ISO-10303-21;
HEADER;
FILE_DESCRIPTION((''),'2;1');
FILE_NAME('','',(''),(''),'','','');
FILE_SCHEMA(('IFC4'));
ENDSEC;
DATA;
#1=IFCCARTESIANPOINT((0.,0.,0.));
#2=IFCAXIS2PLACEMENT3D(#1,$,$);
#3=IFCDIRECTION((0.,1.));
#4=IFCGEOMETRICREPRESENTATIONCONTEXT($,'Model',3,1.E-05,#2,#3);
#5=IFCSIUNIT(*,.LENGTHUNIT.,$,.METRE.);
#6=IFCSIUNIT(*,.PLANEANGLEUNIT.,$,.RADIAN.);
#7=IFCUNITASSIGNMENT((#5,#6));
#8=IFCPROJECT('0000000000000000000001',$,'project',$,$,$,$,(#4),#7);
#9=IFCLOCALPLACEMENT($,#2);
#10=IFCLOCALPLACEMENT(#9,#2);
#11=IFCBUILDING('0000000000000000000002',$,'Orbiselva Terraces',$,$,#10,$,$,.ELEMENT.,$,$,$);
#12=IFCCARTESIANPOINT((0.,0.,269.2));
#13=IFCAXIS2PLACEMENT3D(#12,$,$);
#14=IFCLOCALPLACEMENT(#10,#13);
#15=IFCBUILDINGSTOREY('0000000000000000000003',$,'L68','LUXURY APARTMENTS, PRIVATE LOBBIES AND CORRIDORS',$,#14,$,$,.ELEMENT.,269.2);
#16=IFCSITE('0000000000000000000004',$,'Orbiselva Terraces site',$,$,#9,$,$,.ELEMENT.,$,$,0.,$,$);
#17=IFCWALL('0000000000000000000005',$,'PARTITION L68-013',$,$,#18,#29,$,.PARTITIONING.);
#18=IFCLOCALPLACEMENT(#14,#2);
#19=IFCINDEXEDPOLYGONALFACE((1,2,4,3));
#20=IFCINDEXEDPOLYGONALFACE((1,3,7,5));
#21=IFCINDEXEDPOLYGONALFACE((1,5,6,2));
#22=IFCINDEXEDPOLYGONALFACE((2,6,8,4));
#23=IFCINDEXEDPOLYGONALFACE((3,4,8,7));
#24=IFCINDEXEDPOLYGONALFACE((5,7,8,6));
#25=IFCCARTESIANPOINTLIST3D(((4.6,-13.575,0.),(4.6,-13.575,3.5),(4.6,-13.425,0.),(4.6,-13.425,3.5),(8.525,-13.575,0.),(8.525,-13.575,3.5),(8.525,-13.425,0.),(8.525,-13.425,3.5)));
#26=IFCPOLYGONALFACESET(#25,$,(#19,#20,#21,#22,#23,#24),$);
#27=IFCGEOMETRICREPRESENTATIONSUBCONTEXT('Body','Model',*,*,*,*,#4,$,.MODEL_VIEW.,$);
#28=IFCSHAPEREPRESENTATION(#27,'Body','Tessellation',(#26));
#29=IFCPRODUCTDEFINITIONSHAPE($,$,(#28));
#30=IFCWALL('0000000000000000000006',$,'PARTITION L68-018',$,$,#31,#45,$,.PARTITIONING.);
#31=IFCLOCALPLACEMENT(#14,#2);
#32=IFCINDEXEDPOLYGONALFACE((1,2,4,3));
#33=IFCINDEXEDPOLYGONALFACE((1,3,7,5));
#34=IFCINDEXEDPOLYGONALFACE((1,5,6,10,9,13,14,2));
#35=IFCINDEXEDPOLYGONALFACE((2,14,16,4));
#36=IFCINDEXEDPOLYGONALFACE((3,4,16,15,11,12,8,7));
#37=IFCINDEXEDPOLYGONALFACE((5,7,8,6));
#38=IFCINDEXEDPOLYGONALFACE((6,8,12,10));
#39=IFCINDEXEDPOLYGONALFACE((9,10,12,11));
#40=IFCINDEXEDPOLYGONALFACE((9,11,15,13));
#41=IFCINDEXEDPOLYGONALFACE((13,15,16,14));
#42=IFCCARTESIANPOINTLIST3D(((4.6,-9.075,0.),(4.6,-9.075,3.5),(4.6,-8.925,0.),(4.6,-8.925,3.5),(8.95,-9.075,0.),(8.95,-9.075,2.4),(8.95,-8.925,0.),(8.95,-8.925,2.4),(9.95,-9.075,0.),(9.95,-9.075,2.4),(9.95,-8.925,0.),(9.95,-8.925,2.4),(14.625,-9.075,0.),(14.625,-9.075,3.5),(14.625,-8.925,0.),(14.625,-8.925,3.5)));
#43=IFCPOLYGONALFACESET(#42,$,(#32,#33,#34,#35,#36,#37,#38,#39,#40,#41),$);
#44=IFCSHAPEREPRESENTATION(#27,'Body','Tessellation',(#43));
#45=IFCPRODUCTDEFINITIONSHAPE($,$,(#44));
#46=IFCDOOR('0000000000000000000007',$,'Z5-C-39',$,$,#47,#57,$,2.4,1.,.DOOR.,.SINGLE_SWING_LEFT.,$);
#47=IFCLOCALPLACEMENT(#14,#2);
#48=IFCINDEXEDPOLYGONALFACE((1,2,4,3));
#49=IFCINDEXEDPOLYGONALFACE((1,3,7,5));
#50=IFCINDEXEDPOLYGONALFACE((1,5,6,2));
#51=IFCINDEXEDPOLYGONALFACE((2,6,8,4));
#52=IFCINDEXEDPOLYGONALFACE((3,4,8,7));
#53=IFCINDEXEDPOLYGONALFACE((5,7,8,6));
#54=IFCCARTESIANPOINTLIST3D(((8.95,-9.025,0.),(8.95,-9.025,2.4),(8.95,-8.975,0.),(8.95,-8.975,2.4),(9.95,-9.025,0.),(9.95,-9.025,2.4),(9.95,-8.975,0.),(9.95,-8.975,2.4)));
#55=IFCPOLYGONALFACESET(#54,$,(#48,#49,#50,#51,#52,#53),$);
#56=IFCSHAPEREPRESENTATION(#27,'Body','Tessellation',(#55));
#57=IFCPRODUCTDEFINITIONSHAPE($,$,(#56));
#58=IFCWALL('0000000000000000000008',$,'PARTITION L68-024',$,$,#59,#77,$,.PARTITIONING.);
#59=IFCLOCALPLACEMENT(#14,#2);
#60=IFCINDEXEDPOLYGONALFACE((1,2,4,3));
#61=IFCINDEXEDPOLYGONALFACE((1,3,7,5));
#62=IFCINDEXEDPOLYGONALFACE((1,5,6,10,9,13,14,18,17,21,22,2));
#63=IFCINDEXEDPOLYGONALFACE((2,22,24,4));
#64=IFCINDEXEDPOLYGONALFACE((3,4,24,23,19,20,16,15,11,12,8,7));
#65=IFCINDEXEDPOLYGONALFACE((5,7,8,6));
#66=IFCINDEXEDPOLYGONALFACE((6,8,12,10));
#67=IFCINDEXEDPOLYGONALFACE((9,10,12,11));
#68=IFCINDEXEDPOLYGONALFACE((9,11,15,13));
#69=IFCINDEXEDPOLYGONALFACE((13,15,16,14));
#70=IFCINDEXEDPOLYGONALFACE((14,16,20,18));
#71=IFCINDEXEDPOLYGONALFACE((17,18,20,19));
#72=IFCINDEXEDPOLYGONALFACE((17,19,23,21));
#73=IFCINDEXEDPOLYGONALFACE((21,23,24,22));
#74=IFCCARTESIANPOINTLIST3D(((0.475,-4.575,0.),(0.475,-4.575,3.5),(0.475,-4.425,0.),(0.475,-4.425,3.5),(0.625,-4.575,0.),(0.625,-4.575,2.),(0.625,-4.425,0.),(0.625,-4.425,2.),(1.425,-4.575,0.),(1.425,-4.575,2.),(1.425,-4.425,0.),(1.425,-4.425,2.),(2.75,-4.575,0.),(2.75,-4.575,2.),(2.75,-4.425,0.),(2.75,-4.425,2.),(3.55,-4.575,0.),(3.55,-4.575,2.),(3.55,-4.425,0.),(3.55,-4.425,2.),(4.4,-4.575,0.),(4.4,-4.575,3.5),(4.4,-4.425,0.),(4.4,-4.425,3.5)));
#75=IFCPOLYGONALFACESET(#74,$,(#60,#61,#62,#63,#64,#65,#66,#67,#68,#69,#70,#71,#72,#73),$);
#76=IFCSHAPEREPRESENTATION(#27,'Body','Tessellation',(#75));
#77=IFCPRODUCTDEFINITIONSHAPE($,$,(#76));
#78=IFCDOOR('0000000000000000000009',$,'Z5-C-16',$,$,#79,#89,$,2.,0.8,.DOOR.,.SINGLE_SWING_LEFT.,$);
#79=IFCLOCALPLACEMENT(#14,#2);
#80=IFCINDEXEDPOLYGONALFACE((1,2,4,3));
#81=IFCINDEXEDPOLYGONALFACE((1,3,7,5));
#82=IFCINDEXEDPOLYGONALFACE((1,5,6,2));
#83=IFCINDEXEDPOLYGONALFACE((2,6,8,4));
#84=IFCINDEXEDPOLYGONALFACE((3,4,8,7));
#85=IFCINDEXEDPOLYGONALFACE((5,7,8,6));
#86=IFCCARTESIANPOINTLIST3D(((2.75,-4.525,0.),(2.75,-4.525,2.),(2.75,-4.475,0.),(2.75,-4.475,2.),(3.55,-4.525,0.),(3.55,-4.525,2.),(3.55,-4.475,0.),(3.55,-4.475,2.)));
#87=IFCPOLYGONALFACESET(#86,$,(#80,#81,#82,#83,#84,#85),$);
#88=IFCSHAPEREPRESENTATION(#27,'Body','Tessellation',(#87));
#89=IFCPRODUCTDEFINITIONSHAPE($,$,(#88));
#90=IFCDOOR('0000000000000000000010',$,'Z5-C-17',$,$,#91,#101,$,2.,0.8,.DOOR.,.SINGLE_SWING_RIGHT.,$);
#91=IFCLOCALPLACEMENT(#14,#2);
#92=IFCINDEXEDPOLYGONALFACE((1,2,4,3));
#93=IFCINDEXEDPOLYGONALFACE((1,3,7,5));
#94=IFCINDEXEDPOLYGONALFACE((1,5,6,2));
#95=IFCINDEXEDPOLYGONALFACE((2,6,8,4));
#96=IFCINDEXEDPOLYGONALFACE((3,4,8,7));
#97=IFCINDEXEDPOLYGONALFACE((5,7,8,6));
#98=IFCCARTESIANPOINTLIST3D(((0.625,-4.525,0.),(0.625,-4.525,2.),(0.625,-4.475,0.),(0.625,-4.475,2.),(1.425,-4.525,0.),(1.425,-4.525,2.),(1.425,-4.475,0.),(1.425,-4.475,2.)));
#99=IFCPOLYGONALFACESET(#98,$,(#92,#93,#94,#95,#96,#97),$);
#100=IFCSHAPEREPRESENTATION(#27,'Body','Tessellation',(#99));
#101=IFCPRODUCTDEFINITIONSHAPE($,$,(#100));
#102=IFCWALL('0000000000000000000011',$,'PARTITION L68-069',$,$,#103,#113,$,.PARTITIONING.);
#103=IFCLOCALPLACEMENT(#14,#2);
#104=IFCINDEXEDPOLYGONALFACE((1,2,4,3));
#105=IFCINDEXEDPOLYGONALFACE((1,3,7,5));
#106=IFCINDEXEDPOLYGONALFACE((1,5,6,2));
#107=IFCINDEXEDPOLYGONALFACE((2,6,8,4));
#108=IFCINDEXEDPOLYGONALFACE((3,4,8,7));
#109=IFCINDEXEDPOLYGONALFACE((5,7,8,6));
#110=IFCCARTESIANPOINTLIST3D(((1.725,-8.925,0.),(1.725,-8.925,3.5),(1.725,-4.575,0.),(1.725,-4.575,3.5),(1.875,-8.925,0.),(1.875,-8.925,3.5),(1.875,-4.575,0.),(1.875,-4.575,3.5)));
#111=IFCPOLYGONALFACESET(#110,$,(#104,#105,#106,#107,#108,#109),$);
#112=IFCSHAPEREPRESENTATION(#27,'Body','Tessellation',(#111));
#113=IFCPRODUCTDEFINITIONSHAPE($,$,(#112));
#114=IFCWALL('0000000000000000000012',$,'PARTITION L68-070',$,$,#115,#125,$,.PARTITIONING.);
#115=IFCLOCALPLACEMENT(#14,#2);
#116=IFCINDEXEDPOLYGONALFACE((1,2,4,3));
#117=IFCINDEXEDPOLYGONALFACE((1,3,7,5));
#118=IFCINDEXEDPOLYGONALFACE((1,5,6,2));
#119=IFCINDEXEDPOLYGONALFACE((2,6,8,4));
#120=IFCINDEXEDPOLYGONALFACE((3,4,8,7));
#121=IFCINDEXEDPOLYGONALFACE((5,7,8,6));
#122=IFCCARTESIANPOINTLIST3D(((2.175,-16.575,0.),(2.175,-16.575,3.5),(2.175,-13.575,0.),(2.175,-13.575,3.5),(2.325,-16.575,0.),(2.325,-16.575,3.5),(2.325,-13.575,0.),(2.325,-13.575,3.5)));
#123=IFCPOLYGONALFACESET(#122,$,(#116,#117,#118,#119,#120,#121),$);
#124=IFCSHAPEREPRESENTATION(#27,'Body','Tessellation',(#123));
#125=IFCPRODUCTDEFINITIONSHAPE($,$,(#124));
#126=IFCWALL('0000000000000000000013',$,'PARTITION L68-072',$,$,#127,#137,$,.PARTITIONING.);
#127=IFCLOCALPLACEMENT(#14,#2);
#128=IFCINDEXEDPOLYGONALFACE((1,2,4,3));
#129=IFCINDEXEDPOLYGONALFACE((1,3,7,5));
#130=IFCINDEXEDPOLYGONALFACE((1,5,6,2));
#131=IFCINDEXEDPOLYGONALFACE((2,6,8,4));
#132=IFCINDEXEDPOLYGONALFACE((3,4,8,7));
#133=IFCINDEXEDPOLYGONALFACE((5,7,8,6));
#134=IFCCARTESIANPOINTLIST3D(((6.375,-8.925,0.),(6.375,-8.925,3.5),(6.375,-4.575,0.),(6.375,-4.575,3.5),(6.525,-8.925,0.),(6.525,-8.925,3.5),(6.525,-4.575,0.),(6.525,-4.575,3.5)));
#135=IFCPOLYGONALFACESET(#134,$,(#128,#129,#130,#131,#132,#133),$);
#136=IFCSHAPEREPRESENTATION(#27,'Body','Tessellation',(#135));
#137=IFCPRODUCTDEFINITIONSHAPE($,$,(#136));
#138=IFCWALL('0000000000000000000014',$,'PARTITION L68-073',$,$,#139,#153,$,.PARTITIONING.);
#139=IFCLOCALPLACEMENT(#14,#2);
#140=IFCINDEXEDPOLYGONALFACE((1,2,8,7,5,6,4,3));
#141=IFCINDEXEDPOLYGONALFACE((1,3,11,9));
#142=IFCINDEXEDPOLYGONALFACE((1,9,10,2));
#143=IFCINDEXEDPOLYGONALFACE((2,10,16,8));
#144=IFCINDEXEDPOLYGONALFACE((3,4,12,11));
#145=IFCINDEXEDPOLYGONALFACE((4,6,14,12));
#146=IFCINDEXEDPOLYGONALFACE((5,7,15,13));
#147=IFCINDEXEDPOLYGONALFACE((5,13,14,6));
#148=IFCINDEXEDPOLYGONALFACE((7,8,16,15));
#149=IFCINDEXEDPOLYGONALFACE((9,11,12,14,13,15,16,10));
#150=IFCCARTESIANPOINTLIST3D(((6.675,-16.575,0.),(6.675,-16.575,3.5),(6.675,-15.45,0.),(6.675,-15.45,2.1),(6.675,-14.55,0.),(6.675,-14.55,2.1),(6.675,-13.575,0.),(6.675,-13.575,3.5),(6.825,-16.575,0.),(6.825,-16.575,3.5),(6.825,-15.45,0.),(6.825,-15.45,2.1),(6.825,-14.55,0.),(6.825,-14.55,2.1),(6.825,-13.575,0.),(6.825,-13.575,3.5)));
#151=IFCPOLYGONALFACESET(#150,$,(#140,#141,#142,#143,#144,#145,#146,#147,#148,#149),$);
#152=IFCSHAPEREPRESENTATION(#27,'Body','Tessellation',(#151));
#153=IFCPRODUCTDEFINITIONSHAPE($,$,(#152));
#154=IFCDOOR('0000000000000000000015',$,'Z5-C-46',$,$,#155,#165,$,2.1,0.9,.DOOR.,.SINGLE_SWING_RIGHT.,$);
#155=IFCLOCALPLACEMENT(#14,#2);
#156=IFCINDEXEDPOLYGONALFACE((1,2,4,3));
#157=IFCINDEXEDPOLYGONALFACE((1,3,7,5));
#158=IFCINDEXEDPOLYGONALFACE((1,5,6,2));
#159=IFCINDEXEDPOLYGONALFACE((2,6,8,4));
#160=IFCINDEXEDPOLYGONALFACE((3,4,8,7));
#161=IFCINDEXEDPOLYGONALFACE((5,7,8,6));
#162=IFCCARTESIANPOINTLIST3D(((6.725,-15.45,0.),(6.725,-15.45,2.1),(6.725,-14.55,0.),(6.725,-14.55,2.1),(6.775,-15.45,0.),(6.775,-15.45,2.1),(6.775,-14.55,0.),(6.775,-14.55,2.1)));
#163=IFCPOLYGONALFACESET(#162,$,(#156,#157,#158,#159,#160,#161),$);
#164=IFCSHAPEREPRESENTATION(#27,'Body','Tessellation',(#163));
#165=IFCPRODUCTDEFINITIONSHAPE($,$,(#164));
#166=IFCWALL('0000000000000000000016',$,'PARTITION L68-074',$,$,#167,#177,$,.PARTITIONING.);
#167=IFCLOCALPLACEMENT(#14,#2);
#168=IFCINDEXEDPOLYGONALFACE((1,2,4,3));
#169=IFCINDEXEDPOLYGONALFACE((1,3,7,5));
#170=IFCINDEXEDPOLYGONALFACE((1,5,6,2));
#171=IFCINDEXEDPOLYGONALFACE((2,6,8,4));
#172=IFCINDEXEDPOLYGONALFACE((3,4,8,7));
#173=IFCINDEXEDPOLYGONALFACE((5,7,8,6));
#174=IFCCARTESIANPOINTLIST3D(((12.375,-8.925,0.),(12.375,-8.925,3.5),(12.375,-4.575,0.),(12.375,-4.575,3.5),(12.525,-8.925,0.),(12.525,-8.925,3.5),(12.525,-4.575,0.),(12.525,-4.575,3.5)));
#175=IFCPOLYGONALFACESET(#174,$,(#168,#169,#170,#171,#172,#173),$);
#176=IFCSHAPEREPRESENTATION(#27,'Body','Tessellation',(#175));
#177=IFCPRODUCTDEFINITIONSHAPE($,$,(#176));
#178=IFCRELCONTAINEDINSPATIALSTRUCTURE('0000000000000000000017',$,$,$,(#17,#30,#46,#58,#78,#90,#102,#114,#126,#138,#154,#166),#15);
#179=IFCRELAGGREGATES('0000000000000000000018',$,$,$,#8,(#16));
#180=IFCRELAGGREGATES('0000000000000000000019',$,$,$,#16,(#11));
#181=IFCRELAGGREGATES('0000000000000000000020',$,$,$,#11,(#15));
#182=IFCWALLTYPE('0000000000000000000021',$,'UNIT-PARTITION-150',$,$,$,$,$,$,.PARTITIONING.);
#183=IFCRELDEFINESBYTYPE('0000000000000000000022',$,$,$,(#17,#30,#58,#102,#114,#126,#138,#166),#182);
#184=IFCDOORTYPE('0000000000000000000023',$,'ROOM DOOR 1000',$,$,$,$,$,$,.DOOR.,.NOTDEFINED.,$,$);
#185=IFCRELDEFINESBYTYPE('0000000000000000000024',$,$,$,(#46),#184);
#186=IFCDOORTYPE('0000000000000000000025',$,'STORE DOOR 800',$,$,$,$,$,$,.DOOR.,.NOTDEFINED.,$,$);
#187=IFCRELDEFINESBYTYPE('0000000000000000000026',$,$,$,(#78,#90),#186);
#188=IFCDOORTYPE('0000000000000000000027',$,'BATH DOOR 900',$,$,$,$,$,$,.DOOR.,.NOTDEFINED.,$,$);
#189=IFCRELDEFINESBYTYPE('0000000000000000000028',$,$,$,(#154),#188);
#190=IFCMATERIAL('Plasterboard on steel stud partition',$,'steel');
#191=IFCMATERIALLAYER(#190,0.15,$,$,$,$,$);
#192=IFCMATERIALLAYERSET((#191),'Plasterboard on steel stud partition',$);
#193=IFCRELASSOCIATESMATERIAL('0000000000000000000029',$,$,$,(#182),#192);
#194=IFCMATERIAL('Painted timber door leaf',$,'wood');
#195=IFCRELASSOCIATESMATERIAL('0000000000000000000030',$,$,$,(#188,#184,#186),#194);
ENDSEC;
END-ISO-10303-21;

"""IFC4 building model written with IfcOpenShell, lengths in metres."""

from ifc_helpers import new_model, si_unit, direction, frame, frame_2d, origin, place, context, subcontext, project, spatial, rectangle, extrude, material, layer, layer_set, type_object, element, fill, save


model = new_model("IFC4")

# Units and contexts
model_context = context("Model", 3, precision=1e-05, world=origin(), true_north=direction((0.0, 1.0)))
body_context = subcontext(model_context, "Body", "Model", "MODEL_VIEW")
ifc_project = project(units=[si_unit("LENGTHUNIT", "METRE"), si_unit("PLANEANGLEUNIT", "RADIAN")], contexts=[model_context])

# Site, building, storey
site_placement = place(None, origin())
site = spatial("IfcSite", under=ifc_project, at=site_placement, Name="Orbiselva Terraces site", CompositionType="ELEMENT", RefElevation=0.0)
building_placement = place(site_placement, origin())
building = spatial("IfcBuilding", under=site, at=building_placement, Name="Orbiselva Terraces", CompositionType="ELEMENT")
storey_placement = place(building_placement, frame((0.0, 0.0, 269.2)))
storey = spatial("IfcBuildingStorey", under=building, at=storey_placement, Name="L68", Description="LUXURY APARTMENTS, PRIVATE LOBBIES AND CORRIDORS", CompositionType="ELEMENT", Elevation=269.2)

# Shared definitions
ifc_material_1 = material(Name="Plasterboard on steel stud partition", Category="steel")
ifc_layer_1 = layer(ifc_material_1, 0.15)
ifc_layer_set_1 = layer_set([ifc_layer_1], Name="Plasterboard on steel stud partition")
wall_type_1 = type_object("IfcWallType", Name="UNIT-PARTITION-150", PredefinedType="PARTITIONING", material=ifc_layer_set_1)
ifc_material_2 = material(Name="Painted timber door leaf", Category="wood")
door_type_1 = type_object("IfcDoorType", Name="BATH DOOR 900", OperationType="NOTDEFINED", PredefinedType="DOOR", material=ifc_material_2)

# Wall
for number, where, z_axis, x_axis, name in (
    (1, (4.6, -13.5, 0.0), (0.0, 0.0, 1.0), (1.0, 0.0, 0.0), "PARTITION L68-013"),
):
    element("IfcWall", number, at=place(storey_placement, frame(where, z_axis=z_axis, x_axis=x_axis)), inside=storey, type_object=wall_type_1, Name=name, PredefinedType="PARTITIONING", context=body_context, shape_type="SweptSolid", body=[
        extrude(rectangle(XDim=3.925, YDim=0.15, at=frame_2d((1.9625, 0.0))), origin(), (0.0, 0.0, 1.0), 3.5),
    ])

# Wall, opening, door
wall_1_placement = place(storey_placement, frame((4.6, -9.0, 0.0), z_axis=(0.0, 0.0, 1.0), x_axis=(1.0, 0.0, 0.0)))
wall_1 = element("IfcWall", 2, at=wall_1_placement, inside=storey, type_object=wall_type_1, Name="PARTITION L68-018", PredefinedType="PARTITIONING", context=body_context, shape_type="SweptSolid", body=[
    extrude(rectangle(XDim=10.025, YDim=0.15, at=frame_2d((5.0125, 0.0))), origin(), (0.0, 0.0, 1.0), 3.5),
])
opening_1_placement = place(wall_1_placement, frame((4.35, 0.0, 0.0)))
opening_1 = element("IfcOpeningElement", 3, at=opening_1_placement, cuts=wall_1, PredefinedType="OPENING", context=body_context, shape_type="SweptSolid", body=[
    extrude(rectangle(XDim=1.0, YDim=2.4, at=frame_2d((0.5, 1.2))), frame((0.0, 0.085, 0.0), z_axis=(0.0, -1.0, 0.0), x_axis=(1.0, 0.0, 0.0)), (0.0, 0.0, 1.0), 0.17),
])
door_type_2 = type_object("IfcDoorType", Name="ROOM DOOR 1000", OperationType="NOTDEFINED", PredefinedType="DOOR", material=ifc_material_2)
door_1_placement = place(opening_1_placement, origin())
door_1 = element("IfcDoor", 4, at=door_1_placement, inside=storey, type_object=door_type_2, Name="Z5-C-39", OperationType="SINGLE_SWING_LEFT", OverallHeight=2.4, OverallWidth=1.0, PredefinedType="DOOR", context=body_context, shape_type="SweptSolid", body=[
    extrude(rectangle(XDim=1.0, YDim=2.4, at=frame_2d((0.5, 1.2))), frame((0.0, 0.025, 0.0), z_axis=(0.0, -1.0, 0.0), x_axis=(1.0, 0.0, 0.0)), (0.0, 0.0, 1.0), 0.05),
])
fill(opening_1, door_1)

# Wall, openings, doors
wall_2_placement = place(storey_placement, frame((4.4, -4.5, 0.0), z_axis=(0.0, 0.0, 1.0), x_axis=(-1.0, 0.0, 0.0)))
wall_2 = element("IfcWall", 5, at=wall_2_placement, inside=storey, type_object=wall_type_1, Name="PARTITION L68-024", PredefinedType="PARTITIONING", context=body_context, shape_type="SweptSolid", body=[
    extrude(rectangle(XDim=3.925, YDim=0.15, at=frame_2d((1.9625, 0.0))), origin(), (0.0, 0.0, 1.0), 3.5),
])
opening_2_placement = place(wall_2_placement, frame((0.85, 0.0, 0.0)))
opening_2 = element("IfcOpeningElement", 6, at=opening_2_placement, cuts=wall_2, PredefinedType="OPENING", context=body_context, shape_type="SweptSolid", body=[
    extrude(rectangle(XDim=0.8, YDim=2.0, at=frame_2d((0.4, 1.0))), frame((0.0, 0.085, 0.0), z_axis=(0.0, -1.0, 0.0), x_axis=(1.0, 0.0, 0.0)), (0.0, 0.0, 1.0), 0.17),
])
opening_3_placement = place(wall_2_placement, frame((2.975, 0.0, 0.0)))
opening_3 = element("IfcOpeningElement", 7, at=opening_3_placement, cuts=wall_2, PredefinedType="OPENING", context=body_context, shape_type="SweptSolid", body=[
    extrude(rectangle(XDim=0.8, YDim=2.0, at=frame_2d((0.4, 1.0))), frame((0.0, 0.085, 0.0), z_axis=(0.0, -1.0, 0.0), x_axis=(1.0, 0.0, 0.0)), (0.0, 0.0, 1.0), 0.17),
])
door_type_3 = type_object("IfcDoorType", Name="STORE DOOR 800", OperationType="NOTDEFINED", PredefinedType="DOOR", material=ifc_material_2)
door_2_placement = place(opening_2_placement, origin())
door_2 = element("IfcDoor", 8, at=door_2_placement, inside=storey, type_object=door_type_3, Name="Z5-C-16", OperationType="SINGLE_SWING_LEFT", OverallHeight=2.0, OverallWidth=0.8, PredefinedType="DOOR", context=body_context, shape_type="SweptSolid", body=[
    extrude(rectangle(XDim=0.8, YDim=2.0, at=frame_2d((0.4, 1.0))), frame((0.0, 0.025, 0.0), z_axis=(0.0, -1.0, 0.0), x_axis=(1.0, 0.0, 0.0)), (0.0, 0.0, 1.0), 0.05),
])
fill(opening_2, door_2)
door_3_placement = place(opening_3_placement, origin())
door_3 = element("IfcDoor", 9, at=door_3_placement, inside=storey, type_object=door_type_3, Name="Z5-C-17", OperationType="SINGLE_SWING_RIGHT", OverallHeight=2.0, OverallWidth=0.8, PredefinedType="DOOR", context=body_context, shape_type="SweptSolid", body=[
    extrude(rectangle(XDim=0.8, YDim=2.0, at=frame_2d((0.4, 1.0))), frame((0.0, 0.025, 0.0), z_axis=(0.0, -1.0, 0.0), x_axis=(1.0, 0.0, 0.0)), (0.0, 0.0, 1.0), 0.05),
])
fill(opening_3, door_3)

# Walls
wall_3_placement = place(storey_placement, frame((1.8, -8.925, 0.0), z_axis=(0.0, 0.0, 1.0), x_axis=(0.0, 1.0, 0.0)))
element("IfcWall", 10, at=wall_3_placement, inside=storey, type_object=wall_type_1, Name="PARTITION L68-069", PredefinedType="PARTITIONING", context=body_context, shape_type="SweptSolid", body=[
    extrude(rectangle(XDim=4.35, YDim=0.15, at=frame_2d((2.175, 0.0))), origin(), (0.0, 0.0, 1.0), 3.5),
])
wall_4_placement = place(storey_placement, frame((2.25, -16.575, 0.0), z_axis=(0.0, 0.0, 1.0), x_axis=(0.0, 1.0, 0.0)))
element("IfcWall", 11, at=wall_4_placement, inside=storey, type_object=wall_type_1, Name="PARTITION L68-070", PredefinedType="PARTITIONING", context=body_context, shape_type="SweptSolid", body=[
    extrude(rectangle(XDim=3.0, YDim=0.15, at=frame_2d((1.5, 0.0))), origin(), (0.0, 0.0, 1.0), 3.5),
])
wall_5_placement = place(storey_placement, frame((6.45, -8.925, 0.0), z_axis=(0.0, 0.0, 1.0), x_axis=(0.0, 1.0, 0.0)))
element("IfcWall", 12, at=wall_5_placement, inside=storey, type_object=wall_type_1, Name="PARTITION L68-072", PredefinedType="PARTITIONING", context=body_context, shape_type="SweptSolid", body=[
    extrude(rectangle(XDim=4.35, YDim=0.15, at=frame_2d((2.175, 0.0))), origin(), (0.0, 0.0, 1.0), 3.5),
])

# Wall, opening, door
wall_6_placement = place(storey_placement, frame((6.75, -16.575, 0.0), z_axis=(0.0, 0.0, 1.0), x_axis=(0.0, 1.0, 0.0)))
wall_6 = element("IfcWall", 13, at=wall_6_placement, inside=storey, type_object=wall_type_1, Name="PARTITION L68-073", PredefinedType="PARTITIONING", context=body_context, shape_type="SweptSolid", body=[
    extrude(rectangle(XDim=3.0, YDim=0.15, at=frame_2d((1.5, 0.0))), origin(), (0.0, 0.0, 1.0), 3.5),
])
opening_4_placement = place(wall_6_placement, frame((1.125, 0.0, 0.0)))
opening_4 = element("IfcOpeningElement", 14, at=opening_4_placement, cuts=wall_6, PredefinedType="OPENING", context=body_context, shape_type="SweptSolid", body=[
    extrude(rectangle(XDim=0.9, YDim=2.1, at=frame_2d((0.45, 1.05))), frame((0.0, 0.085, 0.0), z_axis=(0.0, -1.0, 0.0), x_axis=(1.0, 0.0, 0.0)), (0.0, 0.0, 1.0), 0.17),
])
door_4_placement = place(opening_4_placement, origin())
door_4 = element("IfcDoor", 15, at=door_4_placement, inside=storey, type_object=door_type_1, Name="Z5-C-46", OperationType="SINGLE_SWING_RIGHT", OverallHeight=2.1, OverallWidth=0.9, PredefinedType="DOOR", context=body_context, shape_type="SweptSolid", body=[
    extrude(rectangle(XDim=0.9, YDim=2.1, at=frame_2d((0.45, 1.05))), frame((0.0, 0.025, 0.0), z_axis=(0.0, -1.0, 0.0), x_axis=(1.0, 0.0, 0.0)), (0.0, 0.0, 1.0), 0.05),
])
fill(opening_4, door_4)

# Wall
wall_7_placement = place(storey_placement, frame((12.45, -8.925, 0.0), z_axis=(0.0, 0.0, 1.0), x_axis=(0.0, 1.0, 0.0)))
element("IfcWall", 16, at=wall_7_placement, inside=storey, type_object=wall_type_1, Name="PARTITION L68-074", PredefinedType="PARTITIONING", context=body_context, shape_type="SweptSolid", body=[
    extrude(rectangle(XDim=4.35, YDim=0.15, at=frame_2d((2.175, 0.0))), origin(), (0.0, 0.0, 1.0), 3.5),
])

save(model, "model.ifc")
